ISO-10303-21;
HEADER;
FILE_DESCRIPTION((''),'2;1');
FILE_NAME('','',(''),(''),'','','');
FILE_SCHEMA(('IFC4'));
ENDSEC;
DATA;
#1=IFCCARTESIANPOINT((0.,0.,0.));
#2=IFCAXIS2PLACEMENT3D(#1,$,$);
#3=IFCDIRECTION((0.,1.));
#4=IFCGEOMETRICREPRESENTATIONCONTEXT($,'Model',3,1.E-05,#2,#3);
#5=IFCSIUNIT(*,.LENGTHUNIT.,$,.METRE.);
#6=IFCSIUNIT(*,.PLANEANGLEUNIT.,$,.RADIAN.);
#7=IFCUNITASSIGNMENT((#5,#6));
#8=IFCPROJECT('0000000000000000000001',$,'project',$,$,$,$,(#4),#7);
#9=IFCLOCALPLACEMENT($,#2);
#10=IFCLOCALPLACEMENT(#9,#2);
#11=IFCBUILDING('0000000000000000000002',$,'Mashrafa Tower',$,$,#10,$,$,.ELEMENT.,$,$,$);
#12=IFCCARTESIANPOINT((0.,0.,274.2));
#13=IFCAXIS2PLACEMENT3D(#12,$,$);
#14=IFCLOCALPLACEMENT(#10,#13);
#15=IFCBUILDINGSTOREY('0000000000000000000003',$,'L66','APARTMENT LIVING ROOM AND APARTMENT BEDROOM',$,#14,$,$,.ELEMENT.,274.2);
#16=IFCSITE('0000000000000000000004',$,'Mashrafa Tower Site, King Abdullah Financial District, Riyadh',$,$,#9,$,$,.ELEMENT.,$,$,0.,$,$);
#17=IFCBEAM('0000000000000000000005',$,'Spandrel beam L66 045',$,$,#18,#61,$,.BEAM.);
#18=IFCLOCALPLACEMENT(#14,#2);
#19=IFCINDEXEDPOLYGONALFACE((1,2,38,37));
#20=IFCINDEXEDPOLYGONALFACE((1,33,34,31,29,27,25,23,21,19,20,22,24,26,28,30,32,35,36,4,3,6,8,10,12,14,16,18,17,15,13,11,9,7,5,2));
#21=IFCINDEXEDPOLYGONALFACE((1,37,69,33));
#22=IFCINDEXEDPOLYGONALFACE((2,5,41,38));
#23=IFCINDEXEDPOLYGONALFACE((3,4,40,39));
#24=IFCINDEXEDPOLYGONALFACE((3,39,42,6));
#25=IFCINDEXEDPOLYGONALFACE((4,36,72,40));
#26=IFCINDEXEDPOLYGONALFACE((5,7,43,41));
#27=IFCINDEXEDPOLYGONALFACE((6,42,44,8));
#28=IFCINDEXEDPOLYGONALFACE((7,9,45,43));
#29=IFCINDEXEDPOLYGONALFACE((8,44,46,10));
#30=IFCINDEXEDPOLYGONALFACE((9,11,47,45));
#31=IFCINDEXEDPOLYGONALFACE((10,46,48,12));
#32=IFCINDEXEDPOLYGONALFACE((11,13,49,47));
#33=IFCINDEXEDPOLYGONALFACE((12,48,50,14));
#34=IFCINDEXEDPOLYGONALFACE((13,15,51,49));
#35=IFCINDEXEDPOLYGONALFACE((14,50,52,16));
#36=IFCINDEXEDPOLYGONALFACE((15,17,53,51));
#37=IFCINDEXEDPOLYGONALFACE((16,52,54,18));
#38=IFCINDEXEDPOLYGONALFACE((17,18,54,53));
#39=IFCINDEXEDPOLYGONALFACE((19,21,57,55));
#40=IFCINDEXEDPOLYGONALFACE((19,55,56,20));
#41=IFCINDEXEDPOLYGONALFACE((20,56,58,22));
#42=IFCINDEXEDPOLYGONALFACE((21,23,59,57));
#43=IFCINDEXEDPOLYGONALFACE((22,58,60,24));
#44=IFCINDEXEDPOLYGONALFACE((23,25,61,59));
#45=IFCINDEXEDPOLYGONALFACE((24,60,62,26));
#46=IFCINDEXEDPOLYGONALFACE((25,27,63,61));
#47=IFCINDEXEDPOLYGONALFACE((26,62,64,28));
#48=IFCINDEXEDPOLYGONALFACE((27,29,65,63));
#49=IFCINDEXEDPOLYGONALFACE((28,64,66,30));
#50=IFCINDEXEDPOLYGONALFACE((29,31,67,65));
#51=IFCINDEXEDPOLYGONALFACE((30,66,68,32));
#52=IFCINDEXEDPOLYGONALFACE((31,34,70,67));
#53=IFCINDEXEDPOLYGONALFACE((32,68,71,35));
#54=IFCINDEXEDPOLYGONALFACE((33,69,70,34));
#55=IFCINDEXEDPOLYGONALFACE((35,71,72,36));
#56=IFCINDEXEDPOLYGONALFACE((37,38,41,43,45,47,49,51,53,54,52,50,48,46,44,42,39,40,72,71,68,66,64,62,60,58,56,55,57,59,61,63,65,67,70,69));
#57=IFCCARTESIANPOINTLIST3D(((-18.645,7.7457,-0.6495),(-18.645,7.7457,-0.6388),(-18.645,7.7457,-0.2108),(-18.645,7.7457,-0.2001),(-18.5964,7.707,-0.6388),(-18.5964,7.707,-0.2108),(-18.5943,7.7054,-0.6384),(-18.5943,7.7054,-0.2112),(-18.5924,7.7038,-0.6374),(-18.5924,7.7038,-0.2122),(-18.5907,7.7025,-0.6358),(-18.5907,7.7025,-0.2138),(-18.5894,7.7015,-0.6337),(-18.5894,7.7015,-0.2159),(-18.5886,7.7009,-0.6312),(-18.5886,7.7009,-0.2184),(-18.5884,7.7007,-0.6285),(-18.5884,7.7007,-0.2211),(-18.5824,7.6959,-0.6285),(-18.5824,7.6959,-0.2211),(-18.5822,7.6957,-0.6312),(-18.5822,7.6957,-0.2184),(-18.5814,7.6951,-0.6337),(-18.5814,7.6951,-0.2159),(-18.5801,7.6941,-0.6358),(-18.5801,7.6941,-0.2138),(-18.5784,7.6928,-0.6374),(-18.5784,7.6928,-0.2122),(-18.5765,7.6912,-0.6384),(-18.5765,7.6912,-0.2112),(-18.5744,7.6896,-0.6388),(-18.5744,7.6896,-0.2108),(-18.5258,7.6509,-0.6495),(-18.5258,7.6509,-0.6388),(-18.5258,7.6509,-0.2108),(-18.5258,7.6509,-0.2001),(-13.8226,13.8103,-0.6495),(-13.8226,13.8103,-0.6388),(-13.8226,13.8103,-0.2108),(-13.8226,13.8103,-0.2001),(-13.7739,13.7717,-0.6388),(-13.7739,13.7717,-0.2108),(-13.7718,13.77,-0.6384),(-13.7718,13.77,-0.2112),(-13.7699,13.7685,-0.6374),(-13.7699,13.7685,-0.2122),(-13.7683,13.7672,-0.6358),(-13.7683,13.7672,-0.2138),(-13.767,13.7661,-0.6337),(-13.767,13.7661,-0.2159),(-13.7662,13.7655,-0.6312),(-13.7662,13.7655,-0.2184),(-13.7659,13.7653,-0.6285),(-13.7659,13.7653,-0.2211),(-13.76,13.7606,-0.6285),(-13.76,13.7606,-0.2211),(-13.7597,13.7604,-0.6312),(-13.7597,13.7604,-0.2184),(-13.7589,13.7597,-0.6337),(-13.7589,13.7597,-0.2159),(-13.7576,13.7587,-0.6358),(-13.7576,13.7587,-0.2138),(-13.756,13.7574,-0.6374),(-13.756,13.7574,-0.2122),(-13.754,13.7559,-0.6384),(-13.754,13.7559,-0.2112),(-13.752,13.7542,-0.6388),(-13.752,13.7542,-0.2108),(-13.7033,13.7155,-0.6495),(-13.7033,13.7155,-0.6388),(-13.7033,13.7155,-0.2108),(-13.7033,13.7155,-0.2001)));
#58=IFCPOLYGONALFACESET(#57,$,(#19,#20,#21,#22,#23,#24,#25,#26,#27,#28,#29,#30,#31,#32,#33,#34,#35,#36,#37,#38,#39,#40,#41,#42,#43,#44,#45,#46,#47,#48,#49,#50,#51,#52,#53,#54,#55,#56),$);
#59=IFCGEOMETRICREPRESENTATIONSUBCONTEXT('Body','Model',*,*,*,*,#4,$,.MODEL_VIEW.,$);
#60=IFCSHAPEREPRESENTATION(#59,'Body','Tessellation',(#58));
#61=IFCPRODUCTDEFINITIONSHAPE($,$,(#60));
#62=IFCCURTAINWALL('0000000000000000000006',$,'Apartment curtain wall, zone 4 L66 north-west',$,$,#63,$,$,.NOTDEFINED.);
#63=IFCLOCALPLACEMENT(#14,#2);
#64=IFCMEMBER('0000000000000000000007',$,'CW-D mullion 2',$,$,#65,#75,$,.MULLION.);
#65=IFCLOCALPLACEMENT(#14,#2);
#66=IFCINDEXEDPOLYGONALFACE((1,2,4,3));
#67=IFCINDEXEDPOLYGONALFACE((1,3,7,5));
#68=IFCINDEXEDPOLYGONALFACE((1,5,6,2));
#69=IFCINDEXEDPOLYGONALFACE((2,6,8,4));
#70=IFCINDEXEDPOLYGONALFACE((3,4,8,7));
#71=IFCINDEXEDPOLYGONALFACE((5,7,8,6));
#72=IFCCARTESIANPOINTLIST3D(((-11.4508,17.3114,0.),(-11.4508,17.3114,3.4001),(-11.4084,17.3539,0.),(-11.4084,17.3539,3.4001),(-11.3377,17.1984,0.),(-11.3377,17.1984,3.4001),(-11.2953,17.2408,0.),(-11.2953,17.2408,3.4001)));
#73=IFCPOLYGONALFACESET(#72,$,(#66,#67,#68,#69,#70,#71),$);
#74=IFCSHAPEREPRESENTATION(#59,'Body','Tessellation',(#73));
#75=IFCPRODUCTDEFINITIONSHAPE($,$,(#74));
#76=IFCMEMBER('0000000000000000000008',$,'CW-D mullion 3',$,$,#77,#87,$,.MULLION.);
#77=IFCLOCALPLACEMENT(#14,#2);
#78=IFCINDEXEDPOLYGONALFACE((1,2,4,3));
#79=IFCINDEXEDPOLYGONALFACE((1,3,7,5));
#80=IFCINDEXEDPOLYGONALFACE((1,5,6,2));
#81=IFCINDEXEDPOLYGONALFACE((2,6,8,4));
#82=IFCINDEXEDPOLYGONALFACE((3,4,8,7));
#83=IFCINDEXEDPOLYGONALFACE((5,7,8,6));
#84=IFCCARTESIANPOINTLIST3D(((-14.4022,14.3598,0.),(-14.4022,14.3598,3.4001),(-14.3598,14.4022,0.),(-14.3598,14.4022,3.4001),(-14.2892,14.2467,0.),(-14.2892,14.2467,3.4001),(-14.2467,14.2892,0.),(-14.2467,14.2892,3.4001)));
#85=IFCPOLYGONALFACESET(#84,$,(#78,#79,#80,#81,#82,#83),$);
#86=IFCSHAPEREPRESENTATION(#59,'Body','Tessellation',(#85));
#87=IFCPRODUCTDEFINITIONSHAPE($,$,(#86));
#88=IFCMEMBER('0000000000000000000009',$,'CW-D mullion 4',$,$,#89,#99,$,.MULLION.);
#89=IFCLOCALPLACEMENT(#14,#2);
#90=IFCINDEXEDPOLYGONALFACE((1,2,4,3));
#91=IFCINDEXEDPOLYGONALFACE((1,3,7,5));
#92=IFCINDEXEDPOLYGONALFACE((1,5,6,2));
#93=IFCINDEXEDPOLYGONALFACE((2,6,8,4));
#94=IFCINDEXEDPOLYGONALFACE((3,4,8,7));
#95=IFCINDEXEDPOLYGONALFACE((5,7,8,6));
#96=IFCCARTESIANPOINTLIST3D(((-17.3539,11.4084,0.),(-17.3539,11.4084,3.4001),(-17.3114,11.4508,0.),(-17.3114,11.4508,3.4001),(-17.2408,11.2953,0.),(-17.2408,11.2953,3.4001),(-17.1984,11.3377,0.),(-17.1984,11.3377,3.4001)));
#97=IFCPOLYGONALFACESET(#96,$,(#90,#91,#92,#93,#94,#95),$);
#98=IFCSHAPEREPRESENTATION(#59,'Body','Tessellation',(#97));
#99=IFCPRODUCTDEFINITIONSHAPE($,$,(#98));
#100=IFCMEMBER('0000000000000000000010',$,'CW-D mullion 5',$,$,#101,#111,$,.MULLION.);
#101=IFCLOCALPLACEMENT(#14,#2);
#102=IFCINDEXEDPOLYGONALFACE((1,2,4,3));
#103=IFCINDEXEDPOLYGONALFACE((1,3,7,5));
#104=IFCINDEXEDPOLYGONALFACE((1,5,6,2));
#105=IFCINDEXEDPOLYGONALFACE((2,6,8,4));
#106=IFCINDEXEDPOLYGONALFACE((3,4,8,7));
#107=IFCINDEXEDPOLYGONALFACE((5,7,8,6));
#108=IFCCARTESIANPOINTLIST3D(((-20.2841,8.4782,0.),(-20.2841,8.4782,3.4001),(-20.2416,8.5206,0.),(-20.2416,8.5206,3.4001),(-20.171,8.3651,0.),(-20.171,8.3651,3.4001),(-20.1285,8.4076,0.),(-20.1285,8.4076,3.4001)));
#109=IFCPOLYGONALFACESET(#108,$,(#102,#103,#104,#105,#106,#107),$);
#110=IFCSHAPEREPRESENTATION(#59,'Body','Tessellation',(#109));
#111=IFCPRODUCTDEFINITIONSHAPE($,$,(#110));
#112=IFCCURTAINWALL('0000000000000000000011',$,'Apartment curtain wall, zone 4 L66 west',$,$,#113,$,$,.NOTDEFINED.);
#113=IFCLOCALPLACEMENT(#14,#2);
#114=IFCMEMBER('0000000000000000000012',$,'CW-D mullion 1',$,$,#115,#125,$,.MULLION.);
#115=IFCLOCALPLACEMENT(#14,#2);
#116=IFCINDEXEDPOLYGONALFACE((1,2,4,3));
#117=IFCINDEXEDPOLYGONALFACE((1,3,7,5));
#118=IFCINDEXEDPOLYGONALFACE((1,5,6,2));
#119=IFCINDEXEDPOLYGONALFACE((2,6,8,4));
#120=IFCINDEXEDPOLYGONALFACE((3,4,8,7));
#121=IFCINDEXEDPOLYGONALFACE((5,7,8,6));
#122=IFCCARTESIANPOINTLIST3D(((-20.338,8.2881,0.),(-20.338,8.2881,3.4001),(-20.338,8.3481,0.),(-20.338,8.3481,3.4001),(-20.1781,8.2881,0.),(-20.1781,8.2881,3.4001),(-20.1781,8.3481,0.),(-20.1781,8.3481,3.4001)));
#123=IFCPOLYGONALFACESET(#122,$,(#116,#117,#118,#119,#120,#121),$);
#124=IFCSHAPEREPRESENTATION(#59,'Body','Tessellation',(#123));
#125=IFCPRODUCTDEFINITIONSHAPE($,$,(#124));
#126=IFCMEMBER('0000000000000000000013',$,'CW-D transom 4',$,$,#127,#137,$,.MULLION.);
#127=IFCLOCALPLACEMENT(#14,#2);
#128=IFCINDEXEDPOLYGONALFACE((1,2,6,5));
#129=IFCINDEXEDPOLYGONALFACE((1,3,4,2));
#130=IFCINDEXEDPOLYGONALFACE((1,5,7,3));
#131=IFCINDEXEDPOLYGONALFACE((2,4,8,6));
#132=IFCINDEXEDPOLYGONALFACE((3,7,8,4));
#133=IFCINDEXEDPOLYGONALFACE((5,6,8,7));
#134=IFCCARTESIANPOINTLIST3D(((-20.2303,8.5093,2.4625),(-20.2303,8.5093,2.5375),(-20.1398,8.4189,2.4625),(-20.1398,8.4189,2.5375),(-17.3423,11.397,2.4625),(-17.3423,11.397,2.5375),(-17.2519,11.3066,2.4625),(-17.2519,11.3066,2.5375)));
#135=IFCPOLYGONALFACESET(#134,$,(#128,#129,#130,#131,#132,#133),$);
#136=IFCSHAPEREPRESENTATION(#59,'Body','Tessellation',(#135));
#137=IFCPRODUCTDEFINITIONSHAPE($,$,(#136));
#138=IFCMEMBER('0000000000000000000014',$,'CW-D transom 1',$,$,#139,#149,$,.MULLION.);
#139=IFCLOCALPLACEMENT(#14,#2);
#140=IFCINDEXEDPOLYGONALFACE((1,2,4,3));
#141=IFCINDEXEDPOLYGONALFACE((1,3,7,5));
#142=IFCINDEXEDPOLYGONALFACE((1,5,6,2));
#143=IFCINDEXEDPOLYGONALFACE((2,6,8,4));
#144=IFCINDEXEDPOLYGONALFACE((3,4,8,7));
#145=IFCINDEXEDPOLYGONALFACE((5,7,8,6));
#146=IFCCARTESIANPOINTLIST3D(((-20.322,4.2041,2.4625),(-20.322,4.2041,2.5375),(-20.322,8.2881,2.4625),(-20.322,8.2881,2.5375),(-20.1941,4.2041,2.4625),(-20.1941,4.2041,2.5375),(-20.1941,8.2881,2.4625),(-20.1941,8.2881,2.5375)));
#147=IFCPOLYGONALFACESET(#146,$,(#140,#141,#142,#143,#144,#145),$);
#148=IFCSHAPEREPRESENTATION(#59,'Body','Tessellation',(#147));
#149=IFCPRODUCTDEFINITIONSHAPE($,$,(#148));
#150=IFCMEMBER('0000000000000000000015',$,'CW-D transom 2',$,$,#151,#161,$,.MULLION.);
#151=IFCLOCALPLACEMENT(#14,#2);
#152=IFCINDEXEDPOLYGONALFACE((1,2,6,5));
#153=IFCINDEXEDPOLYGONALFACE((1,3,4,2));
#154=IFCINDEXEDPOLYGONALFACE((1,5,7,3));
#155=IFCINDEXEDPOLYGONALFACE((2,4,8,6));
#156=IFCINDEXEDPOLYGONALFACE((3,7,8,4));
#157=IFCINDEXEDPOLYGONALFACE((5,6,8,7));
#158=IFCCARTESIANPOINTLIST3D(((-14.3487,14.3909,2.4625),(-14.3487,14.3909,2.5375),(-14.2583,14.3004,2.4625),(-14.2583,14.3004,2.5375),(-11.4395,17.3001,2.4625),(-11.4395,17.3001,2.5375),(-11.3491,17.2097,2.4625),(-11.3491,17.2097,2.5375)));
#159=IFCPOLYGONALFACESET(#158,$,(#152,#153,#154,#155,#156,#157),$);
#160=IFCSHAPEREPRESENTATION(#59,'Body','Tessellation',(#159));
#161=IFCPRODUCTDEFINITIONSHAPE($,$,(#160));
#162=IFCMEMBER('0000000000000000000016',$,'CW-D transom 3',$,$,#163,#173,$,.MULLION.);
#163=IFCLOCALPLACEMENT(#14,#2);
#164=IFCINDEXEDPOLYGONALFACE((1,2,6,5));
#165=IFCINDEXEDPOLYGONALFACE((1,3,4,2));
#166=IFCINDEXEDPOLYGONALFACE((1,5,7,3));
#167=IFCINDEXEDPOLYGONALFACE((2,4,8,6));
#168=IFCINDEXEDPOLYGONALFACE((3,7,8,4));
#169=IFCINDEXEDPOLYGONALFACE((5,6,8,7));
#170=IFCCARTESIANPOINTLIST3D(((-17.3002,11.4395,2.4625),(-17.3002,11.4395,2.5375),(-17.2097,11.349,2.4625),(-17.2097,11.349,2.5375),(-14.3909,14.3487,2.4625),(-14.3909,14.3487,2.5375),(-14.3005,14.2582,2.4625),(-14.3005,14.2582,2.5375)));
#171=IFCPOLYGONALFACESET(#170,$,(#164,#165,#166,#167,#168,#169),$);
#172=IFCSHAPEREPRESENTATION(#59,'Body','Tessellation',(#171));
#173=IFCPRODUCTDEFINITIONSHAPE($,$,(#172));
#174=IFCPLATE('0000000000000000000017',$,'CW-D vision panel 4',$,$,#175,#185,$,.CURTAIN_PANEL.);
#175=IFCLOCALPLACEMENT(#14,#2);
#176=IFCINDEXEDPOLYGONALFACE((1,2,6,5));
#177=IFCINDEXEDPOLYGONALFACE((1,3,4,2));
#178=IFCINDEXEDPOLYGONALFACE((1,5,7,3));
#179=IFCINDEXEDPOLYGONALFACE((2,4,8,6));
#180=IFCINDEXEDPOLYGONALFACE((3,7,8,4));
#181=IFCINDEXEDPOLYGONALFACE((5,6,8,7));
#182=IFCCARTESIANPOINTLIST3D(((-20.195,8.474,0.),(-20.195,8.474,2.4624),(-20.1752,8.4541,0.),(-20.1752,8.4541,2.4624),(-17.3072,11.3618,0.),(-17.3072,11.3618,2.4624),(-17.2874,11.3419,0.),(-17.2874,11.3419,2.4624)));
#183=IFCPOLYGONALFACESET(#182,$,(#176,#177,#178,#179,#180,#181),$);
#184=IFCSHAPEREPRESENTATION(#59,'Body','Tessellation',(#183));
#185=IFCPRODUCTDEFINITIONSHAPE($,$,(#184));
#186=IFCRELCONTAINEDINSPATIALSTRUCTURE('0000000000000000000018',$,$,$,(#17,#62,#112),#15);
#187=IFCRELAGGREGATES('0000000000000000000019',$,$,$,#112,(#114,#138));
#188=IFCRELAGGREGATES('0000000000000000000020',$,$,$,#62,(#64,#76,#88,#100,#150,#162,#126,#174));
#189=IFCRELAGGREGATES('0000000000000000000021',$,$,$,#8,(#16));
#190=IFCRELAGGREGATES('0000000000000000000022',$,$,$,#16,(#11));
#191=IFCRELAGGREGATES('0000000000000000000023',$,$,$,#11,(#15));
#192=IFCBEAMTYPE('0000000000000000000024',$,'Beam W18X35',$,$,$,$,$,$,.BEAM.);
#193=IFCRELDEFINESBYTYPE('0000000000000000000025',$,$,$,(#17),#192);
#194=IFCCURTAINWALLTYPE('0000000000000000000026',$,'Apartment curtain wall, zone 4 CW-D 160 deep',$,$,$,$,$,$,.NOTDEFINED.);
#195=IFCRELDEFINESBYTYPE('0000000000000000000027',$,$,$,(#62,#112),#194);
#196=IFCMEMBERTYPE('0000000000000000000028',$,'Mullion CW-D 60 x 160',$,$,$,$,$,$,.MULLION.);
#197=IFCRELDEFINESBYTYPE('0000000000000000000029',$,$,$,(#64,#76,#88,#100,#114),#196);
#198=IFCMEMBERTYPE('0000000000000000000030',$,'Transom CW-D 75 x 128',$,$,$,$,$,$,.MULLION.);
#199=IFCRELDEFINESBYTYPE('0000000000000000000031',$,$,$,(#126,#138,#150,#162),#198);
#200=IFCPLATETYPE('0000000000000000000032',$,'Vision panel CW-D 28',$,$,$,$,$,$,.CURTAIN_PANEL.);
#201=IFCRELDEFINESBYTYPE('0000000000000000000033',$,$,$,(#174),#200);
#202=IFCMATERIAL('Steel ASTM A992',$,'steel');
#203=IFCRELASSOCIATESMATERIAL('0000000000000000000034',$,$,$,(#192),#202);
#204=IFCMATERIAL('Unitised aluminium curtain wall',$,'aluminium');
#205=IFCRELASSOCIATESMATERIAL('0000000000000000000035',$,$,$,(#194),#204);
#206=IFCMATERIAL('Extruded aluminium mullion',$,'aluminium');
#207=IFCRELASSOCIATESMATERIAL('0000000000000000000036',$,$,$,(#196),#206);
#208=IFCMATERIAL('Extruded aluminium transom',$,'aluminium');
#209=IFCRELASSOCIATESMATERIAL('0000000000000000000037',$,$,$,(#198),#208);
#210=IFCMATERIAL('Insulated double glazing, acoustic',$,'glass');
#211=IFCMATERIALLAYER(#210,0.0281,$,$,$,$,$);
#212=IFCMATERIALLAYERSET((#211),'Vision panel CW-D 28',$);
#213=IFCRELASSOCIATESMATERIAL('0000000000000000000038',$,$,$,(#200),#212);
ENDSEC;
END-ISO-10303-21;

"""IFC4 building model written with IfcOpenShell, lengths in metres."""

from ifc_helpers import new_model, si_unit, direction, frame, origin, origin_2d, place, context, subcontext, project, spatial, rectangle, i_section, extrude, source, transform, mapped, material, layer, layer_set, material_profile, profile_set, type_object, type_shapes, element, aggregate, save


model = new_model("IFC4")

# Units and contexts
model_context = context("Model", 3, precision=1e-05, world=origin(), true_north=direction((0.0, 1.0)))
body_context = subcontext(model_context, "Body", "Model", "MODEL_VIEW")
ifc_project = project(units=[si_unit("LENGTHUNIT", "METRE"), si_unit("PLANEANGLEUNIT", "RADIAN")], contexts=[model_context])

# Site, building, storey
site_placement = place(None, origin())
site = spatial("IfcSite", under=ifc_project, at=site_placement, Name="Mashrafa Tower Site, King Abdullah Financial District, Riyadh", CompositionType="ELEMENT", RefElevation=0.0)
building_placement = place(site_placement, origin())
building = spatial("IfcBuilding", under=site, at=building_placement, Name="Mashrafa Tower", CompositionType="ELEMENT")
storey_placement = place(building_placement, frame((0.0, 0.0, 274.2)))
storey = spatial("IfcBuildingStorey", under=building, at=storey_placement, Name="L66", Description="APARTMENT LIVING ROOM AND APARTMENT BEDROOM", CompositionType="ELEMENT", Elevation=274.2)

# Beam
ifc_material_1 = material(Name="Steel ASTM A992", Category="steel")
ifc_material_profile_1 = material_profile(ifc_material_1, i_section(OverallWidth=0.1523, OverallDepth=0.4495, WebThickness=0.0076, FlangeThickness=0.0107, FilletRadius=0.0103, at=origin_2d()), Name="W18X35")
ifc_profile_set_1 = profile_set([ifc_material_profile_1], Name="Steel ASTM A992")
beam_type_1 = type_object("IfcBeamType", Name="Beam W18X35", PredefinedType="BEAM", material=ifc_profile_set_1)
for number, where, z_axis, x_axis, name in (
    (1, (-13.7629, 13.7629, -0.4248), (-0.622391, -0.782707, 0.0), (0.782707, -0.622391, 0.0), "Spandrel beam L66 045"),
):
    element("IfcBeam", number, at=place(storey_placement, frame(where, z_axis=z_axis, x_axis=x_axis)), inside=storey, type_object=beam_type_1, Name=name, PredefinedType="BEAM", context=body_context, shape_type="SweptSolid", body=[
        extrude(i_section(OverallWidth=0.1523, OverallDepth=0.4495, WebThickness=0.0076, FlangeThickness=0.0107, FilletRadius=0.0103, at=origin_2d()), origin(), (0.0, 0.0, 1.0), 7.7483),
    ])

# Curtain wall, members
ifc_material_2 = material(Name="Unitised aluminium curtain wall", Category="aluminium")
curtain_wall_type = type_object("IfcCurtainWallType", Name="Apartment curtain wall, zone 4 CW-D 160 deep", PredefinedType="NOTDEFINED", material=ifc_material_2)
curtain_wall_1_placement = place(storey_placement, origin())
curtain_wall_1 = element("IfcCurtainWall", 2, at=curtain_wall_1_placement, inside=storey, type_object=curtain_wall_type, Name="Apartment curtain wall, zone 4 L66 north-west", PredefinedType="NOTDEFINED")
ifc_material_3 = material(Name="Extruded aluminium mullion", Category="aluminium")
ifc_material_profile_2 = material_profile(ifc_material_3, rectangle(XDim=0.1599, YDim=0.0601, at=origin_2d()), Name="Mullion 60x160")
ifc_profile_set_2 = profile_set([ifc_material_profile_2], Name="Extruded aluminium mullion")
member_type_1 = type_object("IfcMemberType", Name="Mullion CW-D 60 x 160", PredefinedType="MULLION", material=ifc_profile_set_2)
shared_shape_1 = source(origin(), body_context, "Body", "SweptSolid", [
    extrude(rectangle(XDim=0.1599, YDim=0.0601, at=origin_2d()), origin(), (0.0, 0.0, 1.0), 3.4001),
])
type_shapes(member_type_1, [shared_shape_1])
member_1_placement = place(storey_placement, frame((-11.373, 17.2761, 0.0), z_axis=(0.0, 0.0, 1.0), x_axis=(0.707107, -0.707107, 0.0)))
member_1 = element("IfcMember", 3, at=member_1_placement, type_object=member_type_1, Name="CW-D mullion 2", PredefinedType="MULLION", context=body_context, shape_type="MappedRepresentation", body=[
    mapped(shared_shape_1, transform((0.0, 0.0, 0.0))),
])
member_2_placement = place(storey_placement, frame((-14.3245, 14.3245, 0.0), z_axis=(0.0, 0.0, 1.0), x_axis=(0.707107, -0.707107, 0.0)))
member_2 = element("IfcMember", 4, at=member_2_placement, type_object=member_type_1, Name="CW-D mullion 3", PredefinedType="MULLION", context=body_context, shape_type="MappedRepresentation", body=[
    mapped(shared_shape_1, transform((0.0, 0.0, 0.0))),
])
member_3_placement = place(storey_placement, frame((-17.2761, 11.373, 0.0), z_axis=(0.0, 0.0, 1.0), x_axis=(0.707107, -0.707107, 0.0)))
member_3 = element("IfcMember", 5, at=member_3_placement, type_object=member_type_1, Name="CW-D mullion 4", PredefinedType="MULLION", context=body_context, shape_type="MappedRepresentation", body=[
    mapped(shared_shape_1, transform((0.0, 0.0, 0.0))),
])
member_4_placement = place(storey_placement, frame((-20.2063, 8.4429, 0.0), z_axis=(0.0, 0.0, 1.0), x_axis=(0.707107, -0.707107, 0.0)))
member_4 = element("IfcMember", 6, at=member_4_placement, type_object=member_type_1, Name="CW-D mullion 5", PredefinedType="MULLION", context=body_context, shape_type="MappedRepresentation", body=[
    mapped(shared_shape_1, transform((0.0, 0.0, 0.0))),
])

# Curtain wall, member
curtain_wall_2_placement = place(storey_placement, origin())
curtain_wall_2 = element("IfcCurtainWall", 7, at=curtain_wall_2_placement, inside=storey, type_object=curtain_wall_type, Name="Apartment curtain wall, zone 4 L66 west", PredefinedType="NOTDEFINED")
member_5_placement = place(storey_placement, frame((-20.2581, 8.3181, 0.0), z_axis=(0.0, 0.0, 1.0), x_axis=(1.0, 0.0, 0.0)))
member_5 = element("IfcMember", 8, at=member_5_placement, type_object=member_type_1, Name="CW-D mullion 1", PredefinedType="MULLION", context=body_context, shape_type="MappedRepresentation", body=[
    mapped(shared_shape_1, transform((0.0, 0.0, 0.0))),
])

# Members
ifc_material_4 = material(Name="Extruded aluminium transom", Category="aluminium")
ifc_material_profile_3 = material_profile(ifc_material_4, rectangle(XDim=0.1279, YDim=0.075, at=origin_2d()), Name="Transom 75x128")
ifc_profile_set_3 = profile_set([ifc_material_profile_3], Name="Extruded aluminium transom")
member_type_2 = type_object("IfcMemberType", Name="Transom CW-D 75 x 128", PredefinedType="MULLION", material=ifc_profile_set_3)
shared_shape_2 = source(origin(), body_context, "Body", "SweptSolid", [
    extrude(rectangle(XDim=0.1279, YDim=0.075, at=origin_2d()), origin(), (0.0, 0.0, 1.0), 4.084),
])
member_6_placement = place(storey_placement, frame((-17.2971, 11.3518, 2.5), z_axis=(-0.707137, -0.707077, 0.0), x_axis=(0.707077, -0.707137, 0.0)))
member_6 = element("IfcMember", 9, at=member_6_placement, type_object=member_type_2, Name="CW-D transom 4", PredefinedType="MULLION", context=body_context, shape_type="MappedRepresentation", body=[
    mapped(shared_shape_2, transform((0.0, 0.0, 0.0))),
])
member_7_placement = place(storey_placement, frame((-20.2581, 8.2881, 2.5), z_axis=(0.0, -1.0, 0.0), x_axis=(1.0, 0.0, 0.0)))
member_7 = element("IfcMember", 10, at=member_7_placement, type_object=member_type_2, Name="CW-D transom 1", PredefinedType="MULLION", context=body_context, shape_type="MappedRepresentation", body=[
    mapped(shared_shape_2, transform((0.0, 0.0, 0.0))),
])
aggregate(curtain_wall_2, [member_5, member_7])
shared_shape_3 = source(origin(), body_context, "Body", "SweptSolid", [
    extrude(rectangle(XDim=0.1279, YDim=0.075, at=origin_2d()), origin(), (0.0, 0.0, 1.0), 4.1143),
])
type_shapes(member_type_2, [shared_shape_2, shared_shape_3])
member_8_placement = place(storey_placement, frame((-11.3943, 17.2549, 2.5), z_axis=(-0.707107, -0.707107, 0.0), x_axis=(0.707107, -0.707107, 0.0)))
member_8 = element("IfcMember", 11, at=member_8_placement, type_object=member_type_2, Name="CW-D transom 2", PredefinedType="MULLION", context=body_context, shape_type="MappedRepresentation", body=[
    mapped(shared_shape_3, transform((0.0, 0.0, 0.0))),
])
member_9_placement = place(storey_placement, frame((-14.3457, 14.3035, 2.5), z_axis=(-0.707107, -0.707107, 0.0), x_axis=(0.707107, -0.707107, 0.0)))
member_9 = element("IfcMember", 12, at=member_9_placement, type_object=member_type_2, Name="CW-D transom 3", PredefinedType="MULLION", context=body_context, shape_type="MappedRepresentation", body=[
    mapped(shared_shape_3, transform((0.0, 0.0, 0.0))),
])

# Plate
ifc_material_5 = material(Name="Insulated double glazing, acoustic", Category="glass")
ifc_layer_1 = layer(ifc_material_5, 0.0281)
ifc_layer_set_1 = layer_set([ifc_layer_1], Name="Vision panel CW-D 28")
plate_type_1 = type_object("IfcPlateType", Name="Vision panel CW-D 28", PredefinedType="CURTAIN_PANEL", material=ifc_layer_set_1)
shared_shape_4 = source(origin(), body_context, "Body", "SweptSolid", [
    extrude(rectangle(XDim=4.084, YDim=0.0281, at=origin_2d()), origin(), (0.0, 0.0, 1.0), 2.4624),
])
plate_1_placement = place(storey_placement, frame((-18.7412, 9.908, 0.0), z_axis=(0.0, 0.0, 1.0), x_axis=(-0.707107, -0.707107, 0.0)))
plate_1 = element("IfcPlate", 13, at=plate_1_placement, type_object=plate_type_1, Name="CW-D vision panel 4", PredefinedType="CURTAIN_PANEL", context=body_context, shape_type="MappedRepresentation", body=[
    mapped(shared_shape_4, transform((0.0, 0.0, 0.0))),
])
aggregate(curtain_wall_1, [member_1, member_2, member_3, member_4, member_8, member_9, member_6, plate_1])

save(model, "model.ifc")
